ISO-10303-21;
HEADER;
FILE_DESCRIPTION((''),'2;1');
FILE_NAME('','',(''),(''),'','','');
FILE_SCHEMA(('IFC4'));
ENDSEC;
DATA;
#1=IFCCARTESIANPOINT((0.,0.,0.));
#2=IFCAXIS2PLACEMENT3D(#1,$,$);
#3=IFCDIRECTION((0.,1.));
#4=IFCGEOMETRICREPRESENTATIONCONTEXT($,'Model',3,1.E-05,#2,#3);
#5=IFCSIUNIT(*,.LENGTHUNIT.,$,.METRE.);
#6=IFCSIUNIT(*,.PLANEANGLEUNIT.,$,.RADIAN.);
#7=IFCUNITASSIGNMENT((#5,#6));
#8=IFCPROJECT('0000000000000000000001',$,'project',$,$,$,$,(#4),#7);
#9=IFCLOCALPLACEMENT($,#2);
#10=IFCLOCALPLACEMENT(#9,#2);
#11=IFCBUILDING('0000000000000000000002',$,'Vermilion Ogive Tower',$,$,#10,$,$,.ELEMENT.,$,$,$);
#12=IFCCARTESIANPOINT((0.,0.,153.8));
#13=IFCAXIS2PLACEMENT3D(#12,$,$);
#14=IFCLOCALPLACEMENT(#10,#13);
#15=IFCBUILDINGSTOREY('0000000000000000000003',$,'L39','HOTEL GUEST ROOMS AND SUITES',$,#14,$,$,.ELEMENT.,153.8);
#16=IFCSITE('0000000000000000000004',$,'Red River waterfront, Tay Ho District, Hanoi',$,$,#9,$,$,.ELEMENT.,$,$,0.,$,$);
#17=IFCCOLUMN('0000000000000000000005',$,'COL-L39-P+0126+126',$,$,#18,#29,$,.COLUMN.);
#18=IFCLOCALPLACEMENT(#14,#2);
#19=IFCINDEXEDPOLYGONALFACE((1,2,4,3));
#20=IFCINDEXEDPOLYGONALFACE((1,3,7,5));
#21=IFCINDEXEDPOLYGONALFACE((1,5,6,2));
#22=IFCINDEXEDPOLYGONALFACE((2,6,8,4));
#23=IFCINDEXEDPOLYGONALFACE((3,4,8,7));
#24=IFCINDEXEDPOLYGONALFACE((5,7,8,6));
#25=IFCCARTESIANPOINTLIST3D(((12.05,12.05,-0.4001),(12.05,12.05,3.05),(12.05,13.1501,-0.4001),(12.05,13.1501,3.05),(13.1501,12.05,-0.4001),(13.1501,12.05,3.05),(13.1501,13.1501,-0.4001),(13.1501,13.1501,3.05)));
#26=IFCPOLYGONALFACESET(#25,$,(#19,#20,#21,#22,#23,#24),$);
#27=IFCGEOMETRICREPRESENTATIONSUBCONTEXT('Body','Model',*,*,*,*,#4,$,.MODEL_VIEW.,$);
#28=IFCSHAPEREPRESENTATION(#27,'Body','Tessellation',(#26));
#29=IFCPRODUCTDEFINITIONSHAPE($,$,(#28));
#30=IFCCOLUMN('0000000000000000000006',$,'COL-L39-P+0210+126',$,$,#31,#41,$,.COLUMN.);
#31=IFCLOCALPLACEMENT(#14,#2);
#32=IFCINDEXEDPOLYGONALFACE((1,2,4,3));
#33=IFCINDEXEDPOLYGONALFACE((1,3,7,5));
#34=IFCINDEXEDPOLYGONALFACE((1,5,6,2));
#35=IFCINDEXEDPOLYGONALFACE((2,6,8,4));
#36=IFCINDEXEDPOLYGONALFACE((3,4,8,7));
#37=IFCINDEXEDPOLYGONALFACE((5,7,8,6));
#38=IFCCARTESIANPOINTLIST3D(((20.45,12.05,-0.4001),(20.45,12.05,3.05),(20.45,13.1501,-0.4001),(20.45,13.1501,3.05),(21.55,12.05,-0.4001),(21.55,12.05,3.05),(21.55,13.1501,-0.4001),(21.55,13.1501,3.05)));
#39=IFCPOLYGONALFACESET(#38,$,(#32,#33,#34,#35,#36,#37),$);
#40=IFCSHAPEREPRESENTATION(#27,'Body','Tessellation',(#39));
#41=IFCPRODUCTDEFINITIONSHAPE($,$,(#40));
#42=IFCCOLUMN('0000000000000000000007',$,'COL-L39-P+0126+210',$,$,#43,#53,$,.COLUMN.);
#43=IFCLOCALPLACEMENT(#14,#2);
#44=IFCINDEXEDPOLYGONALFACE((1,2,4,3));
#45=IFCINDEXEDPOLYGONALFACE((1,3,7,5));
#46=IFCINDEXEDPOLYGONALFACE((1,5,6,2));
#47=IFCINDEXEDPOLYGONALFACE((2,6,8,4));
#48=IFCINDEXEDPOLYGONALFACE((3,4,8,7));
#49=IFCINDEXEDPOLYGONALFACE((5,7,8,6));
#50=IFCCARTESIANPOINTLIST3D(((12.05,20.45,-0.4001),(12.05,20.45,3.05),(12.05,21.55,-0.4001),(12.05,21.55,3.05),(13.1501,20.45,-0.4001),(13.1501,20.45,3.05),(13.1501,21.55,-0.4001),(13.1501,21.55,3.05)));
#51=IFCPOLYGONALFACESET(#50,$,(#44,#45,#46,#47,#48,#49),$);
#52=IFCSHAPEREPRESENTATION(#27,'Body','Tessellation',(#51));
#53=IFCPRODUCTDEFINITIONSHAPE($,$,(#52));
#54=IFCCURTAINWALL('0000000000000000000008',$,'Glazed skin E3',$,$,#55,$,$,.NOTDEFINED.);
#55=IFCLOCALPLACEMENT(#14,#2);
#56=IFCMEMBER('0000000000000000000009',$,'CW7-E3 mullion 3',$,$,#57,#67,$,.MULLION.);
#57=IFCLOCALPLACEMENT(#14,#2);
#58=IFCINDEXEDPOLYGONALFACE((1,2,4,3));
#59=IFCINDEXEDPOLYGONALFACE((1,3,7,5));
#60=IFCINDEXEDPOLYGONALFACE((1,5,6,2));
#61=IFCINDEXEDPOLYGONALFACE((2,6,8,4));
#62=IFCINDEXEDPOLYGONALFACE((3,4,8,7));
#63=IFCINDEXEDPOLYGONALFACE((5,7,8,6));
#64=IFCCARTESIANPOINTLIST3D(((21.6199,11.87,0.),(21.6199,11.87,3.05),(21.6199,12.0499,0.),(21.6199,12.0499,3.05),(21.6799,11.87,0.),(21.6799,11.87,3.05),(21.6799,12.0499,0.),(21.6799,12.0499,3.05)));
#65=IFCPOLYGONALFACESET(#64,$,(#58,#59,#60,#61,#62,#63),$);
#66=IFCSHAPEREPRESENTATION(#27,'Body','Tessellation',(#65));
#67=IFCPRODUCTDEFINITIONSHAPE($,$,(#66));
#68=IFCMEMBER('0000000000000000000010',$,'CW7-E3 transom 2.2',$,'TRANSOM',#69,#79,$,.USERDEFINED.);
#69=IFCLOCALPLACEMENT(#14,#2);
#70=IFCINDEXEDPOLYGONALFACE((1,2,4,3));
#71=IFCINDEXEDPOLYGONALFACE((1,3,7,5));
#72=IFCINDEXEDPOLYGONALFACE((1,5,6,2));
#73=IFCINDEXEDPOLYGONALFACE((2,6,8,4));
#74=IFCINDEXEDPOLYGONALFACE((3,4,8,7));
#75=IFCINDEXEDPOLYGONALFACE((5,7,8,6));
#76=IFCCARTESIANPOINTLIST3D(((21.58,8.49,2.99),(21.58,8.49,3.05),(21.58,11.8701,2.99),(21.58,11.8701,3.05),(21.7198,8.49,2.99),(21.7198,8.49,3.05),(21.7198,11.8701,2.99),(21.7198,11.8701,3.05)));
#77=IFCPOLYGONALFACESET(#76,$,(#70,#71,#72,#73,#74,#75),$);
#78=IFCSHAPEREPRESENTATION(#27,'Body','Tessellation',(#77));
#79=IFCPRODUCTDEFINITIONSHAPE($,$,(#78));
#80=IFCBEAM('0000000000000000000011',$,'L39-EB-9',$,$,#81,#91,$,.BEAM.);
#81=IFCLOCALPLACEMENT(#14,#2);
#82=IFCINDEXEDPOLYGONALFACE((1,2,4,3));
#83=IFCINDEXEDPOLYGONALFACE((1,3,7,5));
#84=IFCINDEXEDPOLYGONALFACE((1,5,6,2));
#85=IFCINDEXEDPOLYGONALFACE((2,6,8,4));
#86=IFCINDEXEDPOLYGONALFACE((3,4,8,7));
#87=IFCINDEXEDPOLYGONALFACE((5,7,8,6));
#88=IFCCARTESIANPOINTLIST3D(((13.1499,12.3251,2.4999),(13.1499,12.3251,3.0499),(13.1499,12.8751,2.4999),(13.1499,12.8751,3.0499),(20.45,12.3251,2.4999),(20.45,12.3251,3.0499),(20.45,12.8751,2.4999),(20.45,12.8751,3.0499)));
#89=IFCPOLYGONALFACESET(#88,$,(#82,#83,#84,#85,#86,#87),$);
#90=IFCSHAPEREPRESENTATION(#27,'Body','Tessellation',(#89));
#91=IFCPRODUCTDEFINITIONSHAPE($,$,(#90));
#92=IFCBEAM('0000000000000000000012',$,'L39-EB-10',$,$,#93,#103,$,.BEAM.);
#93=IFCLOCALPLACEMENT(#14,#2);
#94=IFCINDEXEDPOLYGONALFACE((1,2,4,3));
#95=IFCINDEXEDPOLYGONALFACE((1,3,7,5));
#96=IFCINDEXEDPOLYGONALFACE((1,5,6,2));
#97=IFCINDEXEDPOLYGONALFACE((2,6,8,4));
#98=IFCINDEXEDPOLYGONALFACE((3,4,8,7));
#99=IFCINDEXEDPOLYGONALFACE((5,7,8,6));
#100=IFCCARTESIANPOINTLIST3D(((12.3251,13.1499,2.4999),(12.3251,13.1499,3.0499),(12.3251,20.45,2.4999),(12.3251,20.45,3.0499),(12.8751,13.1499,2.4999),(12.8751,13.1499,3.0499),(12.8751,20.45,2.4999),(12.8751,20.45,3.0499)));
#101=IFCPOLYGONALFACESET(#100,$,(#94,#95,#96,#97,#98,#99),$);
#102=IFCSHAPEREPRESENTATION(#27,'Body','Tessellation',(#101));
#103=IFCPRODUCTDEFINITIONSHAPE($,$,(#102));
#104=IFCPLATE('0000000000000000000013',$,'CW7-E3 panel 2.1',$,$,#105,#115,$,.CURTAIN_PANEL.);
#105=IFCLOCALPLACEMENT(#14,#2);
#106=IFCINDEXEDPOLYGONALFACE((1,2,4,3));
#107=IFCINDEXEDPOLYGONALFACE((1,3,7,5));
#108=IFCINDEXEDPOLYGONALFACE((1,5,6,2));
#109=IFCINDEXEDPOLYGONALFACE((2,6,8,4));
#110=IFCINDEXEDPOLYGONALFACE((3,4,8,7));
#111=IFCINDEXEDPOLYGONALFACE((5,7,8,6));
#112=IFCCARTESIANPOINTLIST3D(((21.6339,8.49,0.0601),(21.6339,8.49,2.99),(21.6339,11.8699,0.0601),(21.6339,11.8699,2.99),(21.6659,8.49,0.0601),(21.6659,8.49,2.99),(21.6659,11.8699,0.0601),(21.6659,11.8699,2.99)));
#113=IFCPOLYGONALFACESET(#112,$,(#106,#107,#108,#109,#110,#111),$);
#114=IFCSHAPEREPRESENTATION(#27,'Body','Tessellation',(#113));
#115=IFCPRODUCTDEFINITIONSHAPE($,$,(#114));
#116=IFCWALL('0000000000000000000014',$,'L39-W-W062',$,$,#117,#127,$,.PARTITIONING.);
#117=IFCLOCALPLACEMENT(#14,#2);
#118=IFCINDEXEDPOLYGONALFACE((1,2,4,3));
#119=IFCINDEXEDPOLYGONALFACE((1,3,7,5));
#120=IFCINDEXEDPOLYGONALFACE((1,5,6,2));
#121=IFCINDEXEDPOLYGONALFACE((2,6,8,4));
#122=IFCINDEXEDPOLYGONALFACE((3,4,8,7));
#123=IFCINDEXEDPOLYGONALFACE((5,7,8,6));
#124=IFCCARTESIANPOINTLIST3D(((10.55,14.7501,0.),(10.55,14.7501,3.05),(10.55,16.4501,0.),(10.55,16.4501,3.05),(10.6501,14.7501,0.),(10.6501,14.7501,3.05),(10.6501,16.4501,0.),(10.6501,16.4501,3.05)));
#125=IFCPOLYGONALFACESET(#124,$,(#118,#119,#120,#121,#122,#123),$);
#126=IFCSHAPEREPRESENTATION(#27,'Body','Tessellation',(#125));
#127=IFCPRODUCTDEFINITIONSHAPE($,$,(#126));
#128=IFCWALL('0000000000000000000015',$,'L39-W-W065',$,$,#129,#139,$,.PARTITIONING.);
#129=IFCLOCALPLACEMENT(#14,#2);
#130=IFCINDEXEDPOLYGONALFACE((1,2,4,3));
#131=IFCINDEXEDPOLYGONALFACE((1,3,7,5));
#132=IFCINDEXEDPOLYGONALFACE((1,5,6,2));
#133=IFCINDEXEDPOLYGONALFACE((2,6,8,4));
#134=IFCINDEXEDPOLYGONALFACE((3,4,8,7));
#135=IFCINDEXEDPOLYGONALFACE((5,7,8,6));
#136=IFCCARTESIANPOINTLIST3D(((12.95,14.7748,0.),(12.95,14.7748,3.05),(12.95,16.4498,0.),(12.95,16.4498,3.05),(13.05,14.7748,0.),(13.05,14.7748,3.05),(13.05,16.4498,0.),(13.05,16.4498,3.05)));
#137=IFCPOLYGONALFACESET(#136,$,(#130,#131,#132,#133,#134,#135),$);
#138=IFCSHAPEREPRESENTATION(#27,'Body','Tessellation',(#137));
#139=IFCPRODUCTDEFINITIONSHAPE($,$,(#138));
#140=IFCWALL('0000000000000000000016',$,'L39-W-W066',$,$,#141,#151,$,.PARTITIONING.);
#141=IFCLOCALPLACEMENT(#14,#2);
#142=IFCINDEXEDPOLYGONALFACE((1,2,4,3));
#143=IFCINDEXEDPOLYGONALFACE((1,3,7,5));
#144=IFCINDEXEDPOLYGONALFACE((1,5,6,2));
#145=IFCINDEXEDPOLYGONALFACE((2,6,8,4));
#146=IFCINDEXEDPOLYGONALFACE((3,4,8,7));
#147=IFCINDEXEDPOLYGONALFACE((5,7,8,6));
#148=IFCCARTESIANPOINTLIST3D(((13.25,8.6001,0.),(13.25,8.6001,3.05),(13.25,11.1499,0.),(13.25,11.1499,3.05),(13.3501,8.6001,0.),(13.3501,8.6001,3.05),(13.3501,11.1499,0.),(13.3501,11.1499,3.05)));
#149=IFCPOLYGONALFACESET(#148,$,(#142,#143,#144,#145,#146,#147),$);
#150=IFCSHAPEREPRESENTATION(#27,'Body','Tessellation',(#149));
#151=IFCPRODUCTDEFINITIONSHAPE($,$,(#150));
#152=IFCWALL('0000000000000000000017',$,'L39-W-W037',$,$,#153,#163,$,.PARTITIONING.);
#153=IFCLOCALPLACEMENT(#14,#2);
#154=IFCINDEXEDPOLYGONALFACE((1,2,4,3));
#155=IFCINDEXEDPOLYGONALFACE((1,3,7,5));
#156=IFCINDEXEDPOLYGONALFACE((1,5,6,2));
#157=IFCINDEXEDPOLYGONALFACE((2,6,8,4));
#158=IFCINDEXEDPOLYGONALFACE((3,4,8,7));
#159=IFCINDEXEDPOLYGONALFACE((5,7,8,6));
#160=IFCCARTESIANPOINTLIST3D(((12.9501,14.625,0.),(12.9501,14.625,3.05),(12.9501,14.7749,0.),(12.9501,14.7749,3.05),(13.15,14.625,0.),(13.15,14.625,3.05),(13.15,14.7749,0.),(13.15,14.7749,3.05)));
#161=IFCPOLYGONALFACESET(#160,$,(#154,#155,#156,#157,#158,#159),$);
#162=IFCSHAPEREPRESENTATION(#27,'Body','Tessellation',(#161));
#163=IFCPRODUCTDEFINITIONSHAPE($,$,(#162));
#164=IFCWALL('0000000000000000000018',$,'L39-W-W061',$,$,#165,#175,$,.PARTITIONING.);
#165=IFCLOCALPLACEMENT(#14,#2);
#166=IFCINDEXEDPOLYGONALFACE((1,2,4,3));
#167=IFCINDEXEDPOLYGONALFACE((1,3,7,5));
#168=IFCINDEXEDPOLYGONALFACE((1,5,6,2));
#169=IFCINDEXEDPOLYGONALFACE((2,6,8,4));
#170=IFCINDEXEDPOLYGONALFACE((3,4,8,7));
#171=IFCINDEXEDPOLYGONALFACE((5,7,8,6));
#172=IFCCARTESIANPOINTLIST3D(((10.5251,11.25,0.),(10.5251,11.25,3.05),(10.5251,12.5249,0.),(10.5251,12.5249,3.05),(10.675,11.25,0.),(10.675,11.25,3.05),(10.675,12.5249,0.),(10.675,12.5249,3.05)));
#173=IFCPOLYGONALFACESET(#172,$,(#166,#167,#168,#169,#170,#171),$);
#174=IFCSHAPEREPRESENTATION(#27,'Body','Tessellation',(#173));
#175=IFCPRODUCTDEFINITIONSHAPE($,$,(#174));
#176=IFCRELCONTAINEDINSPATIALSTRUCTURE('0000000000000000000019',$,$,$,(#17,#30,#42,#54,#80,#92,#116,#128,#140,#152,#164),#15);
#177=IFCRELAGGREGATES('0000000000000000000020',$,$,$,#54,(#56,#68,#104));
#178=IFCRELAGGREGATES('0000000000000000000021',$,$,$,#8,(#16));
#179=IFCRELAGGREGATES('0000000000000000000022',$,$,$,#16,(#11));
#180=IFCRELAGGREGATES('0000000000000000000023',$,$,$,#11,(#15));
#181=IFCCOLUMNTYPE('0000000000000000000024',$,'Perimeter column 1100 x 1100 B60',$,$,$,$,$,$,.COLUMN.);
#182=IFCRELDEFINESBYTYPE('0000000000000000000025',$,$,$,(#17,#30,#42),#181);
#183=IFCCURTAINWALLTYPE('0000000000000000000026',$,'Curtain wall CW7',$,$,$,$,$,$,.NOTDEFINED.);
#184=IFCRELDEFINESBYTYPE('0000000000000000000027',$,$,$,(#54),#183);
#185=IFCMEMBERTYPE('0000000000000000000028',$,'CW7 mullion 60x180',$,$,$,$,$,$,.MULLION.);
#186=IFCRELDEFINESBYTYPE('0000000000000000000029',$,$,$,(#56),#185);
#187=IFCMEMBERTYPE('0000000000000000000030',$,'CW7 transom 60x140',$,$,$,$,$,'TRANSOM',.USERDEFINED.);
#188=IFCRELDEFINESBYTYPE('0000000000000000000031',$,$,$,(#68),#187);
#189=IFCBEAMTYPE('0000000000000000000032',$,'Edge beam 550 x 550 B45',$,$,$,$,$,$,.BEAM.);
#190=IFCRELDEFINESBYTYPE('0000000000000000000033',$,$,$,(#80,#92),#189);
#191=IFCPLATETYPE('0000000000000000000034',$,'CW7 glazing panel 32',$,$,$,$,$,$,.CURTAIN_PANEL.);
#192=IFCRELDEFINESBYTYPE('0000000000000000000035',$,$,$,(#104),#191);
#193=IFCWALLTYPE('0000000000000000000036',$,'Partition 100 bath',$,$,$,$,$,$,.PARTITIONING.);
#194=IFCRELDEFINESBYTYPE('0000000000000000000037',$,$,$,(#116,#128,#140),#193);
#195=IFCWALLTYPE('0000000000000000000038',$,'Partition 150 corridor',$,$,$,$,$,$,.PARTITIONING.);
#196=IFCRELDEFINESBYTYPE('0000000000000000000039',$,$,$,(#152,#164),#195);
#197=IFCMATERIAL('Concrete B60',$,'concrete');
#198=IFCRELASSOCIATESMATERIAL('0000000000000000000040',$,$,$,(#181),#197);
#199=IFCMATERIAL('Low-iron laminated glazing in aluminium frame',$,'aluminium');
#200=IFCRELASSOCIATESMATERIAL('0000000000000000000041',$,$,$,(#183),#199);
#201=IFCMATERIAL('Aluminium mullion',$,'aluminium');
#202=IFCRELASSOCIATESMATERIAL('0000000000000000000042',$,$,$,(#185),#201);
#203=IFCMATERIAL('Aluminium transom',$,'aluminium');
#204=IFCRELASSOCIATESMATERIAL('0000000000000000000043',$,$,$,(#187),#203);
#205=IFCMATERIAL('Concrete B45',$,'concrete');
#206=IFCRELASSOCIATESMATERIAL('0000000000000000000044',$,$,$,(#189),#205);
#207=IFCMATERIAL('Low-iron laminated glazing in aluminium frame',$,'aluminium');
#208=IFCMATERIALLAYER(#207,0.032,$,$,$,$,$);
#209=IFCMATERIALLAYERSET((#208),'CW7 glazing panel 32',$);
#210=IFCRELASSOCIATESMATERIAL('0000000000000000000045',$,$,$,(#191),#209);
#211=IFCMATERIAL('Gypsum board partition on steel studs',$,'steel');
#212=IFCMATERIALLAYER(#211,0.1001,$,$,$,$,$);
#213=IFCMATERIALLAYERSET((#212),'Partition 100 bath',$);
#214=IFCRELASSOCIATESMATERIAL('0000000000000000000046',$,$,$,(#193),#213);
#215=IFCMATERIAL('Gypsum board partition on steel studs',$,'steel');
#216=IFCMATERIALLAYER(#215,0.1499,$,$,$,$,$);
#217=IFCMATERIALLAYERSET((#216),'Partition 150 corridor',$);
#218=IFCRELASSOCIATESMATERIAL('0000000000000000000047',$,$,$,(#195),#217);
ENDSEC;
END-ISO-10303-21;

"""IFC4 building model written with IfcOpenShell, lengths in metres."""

from ifc_helpers import new_model, si_unit, direction, frame, frame_2d, origin, origin_2d, place, context, subcontext, project, spatial, rectangle, extrude, material, layer, layer_set, material_profile, profile_set, type_object, element, aggregate, save


model = new_model("IFC4")

# Units and contexts
model_context = context("Model", 3, precision=1e-05, world=origin(), true_north=direction((0.0, 1.0)))
body_context = subcontext(model_context, "Body", "Model", "MODEL_VIEW")
ifc_project = project(units=[si_unit("LENGTHUNIT", "METRE"), si_unit("PLANEANGLEUNIT", "RADIAN")], contexts=[model_context])

# Site, building, storey
site_placement = place(None, origin())
site = spatial("IfcSite", under=ifc_project, at=site_placement, Name="Red River waterfront, Tay Ho District, Hanoi", CompositionType="ELEMENT", RefElevation=0.0)
building_placement = place(site_placement, origin())
building = spatial("IfcBuilding", under=site, at=building_placement, Name="Vermilion Ogive Tower", CompositionType="ELEMENT")
storey_placement = place(building_placement, frame((0.0, 0.0, 153.8)))
storey = spatial("IfcBuildingStorey", under=building, at=storey_placement, Name="L39", Description="HOTEL GUEST ROOMS AND SUITES", CompositionType="ELEMENT", Elevation=153.8)

# Columns
ifc_material_1 = material(Name="Concrete B60", Category="concrete")
ifc_material_profile_1 = material_profile(ifc_material_1, rectangle(XDim=1.1001, YDim=1.1001, at=origin_2d()), Name="1100 x 1100")
ifc_profile_set_1 = profile_set([ifc_material_profile_1], Name="Concrete B60")
column_type = type_object("IfcColumnType", Name="Perimeter column 1100 x 1100 B60", PredefinedType="COLUMN", material=ifc_profile_set_1)
for number, where, z_axis, x_axis, name in (
    (1, (12.6001, 12.6001, -0.4001), (0.0, 0.0, 1.0), (1.0, 0.0, 0.0), "COL-L39-P+0126+126"),
    (2, (21.0, 12.6001, -0.4001), (0.0, 0.0, 1.0), (1.0, 0.0, 0.0), "COL-L39-P+0210+126"),
    (3, (12.6001, 21.0, -0.4001), (0.0, 0.0, 1.0), (1.0, 0.0, 0.0), "COL-L39-P+0126+210"),
):
    element("IfcColumn", number, at=place(storey_placement, frame(where, z_axis=z_axis, x_axis=x_axis)), inside=storey, type_object=column_type, Name=name, PredefinedType="COLUMN", context=body_context, shape_type="SweptSolid", body=[
        extrude(rectangle(XDim=1.1001, YDim=1.1001, at=origin_2d()), origin(), (0.0, 0.0, 1.0), 3.4502),
    ])

# Curtain wall, members
ifc_material_2 = material(Name="Low-iron laminated glazing in aluminium frame", Category="aluminium")
curtain_wall_type = type_object("IfcCurtainWallType", Name="Curtain wall CW7", PredefinedType="NOTDEFINED", material=ifc_material_2)
curtain_wall_placement = place(storey_placement, origin())
curtain_wall = element("IfcCurtainWall", 4, at=curtain_wall_placement, inside=storey, type_object=curtain_wall_type, Name="Glazed skin E3", PredefinedType="NOTDEFINED")
ifc_material_3 = material(Name="Aluminium mullion", Category="aluminium")
ifc_material_profile_2 = material_profile(ifc_material_3, rectangle(XDim=0.0601, YDim=0.1799, at=origin_2d()), Name="AL 60x180")
ifc_profile_set_2 = profile_set([ifc_material_profile_2], Name="Aluminium mullion")
member_type_1 = type_object("IfcMemberType", Name="CW7 mullion 60x180", PredefinedType="MULLION", material=ifc_profile_set_2)
member_1_placement = place(storey_placement, frame((21.6499, 11.96, 0.0), z_axis=(0.0, 0.0, 1.0), x_axis=(-1.0, 0.0, 0.0)))
member_1 = element("IfcMember", 5, at=member_1_placement, type_object=member_type_1, Name="CW7-E3 mullion 3", PredefinedType="MULLION", context=body_context, shape_type="SweptSolid", body=[
    extrude(rectangle(XDim=0.0601, YDim=0.1799, at=origin_2d()), origin(), (0.0, 0.0, 1.0), 3.05),
])
ifc_material_4 = material(Name="Aluminium transom", Category="aluminium")
ifc_material_profile_3 = material_profile(ifc_material_4, rectangle(XDim=0.1399, YDim=0.0601, at=origin_2d()), Name="AL 60x140")
ifc_profile_set_3 = profile_set([ifc_material_profile_3], Name="Aluminium transom")
member_type_2 = type_object("IfcMemberType", Name="CW7 transom 60x140", ElementType="TRANSOM", PredefinedType="USERDEFINED", material=ifc_profile_set_3)
member_2_placement = place(storey_placement, frame((21.6499, 8.49, 3.02), z_axis=(0.0, 1.0, 0.0), x_axis=(-1.0, 0.0, 0.0)))
member_2 = element("IfcMember", 6, at=member_2_placement, type_object=member_type_2, Name="CW7-E3 transom 2.2", ObjectType="TRANSOM", PredefinedType="USERDEFINED", context=body_context, shape_type="SweptSolid", body=[
    extrude(rectangle(XDim=0.1399, YDim=0.0601, at=origin_2d()), origin(), (0.0, 0.0, 1.0), 3.3801),
])

# Beams
ifc_material_5 = material(Name="Concrete B45", Category="concrete")
ifc_material_profile_4 = material_profile(ifc_material_5, rectangle(XDim=0.55, YDim=0.55, at=origin_2d()), Name="550 x 550")
ifc_profile_set_4 = profile_set([ifc_material_profile_4], Name="Concrete B45")
beam_type = type_object("IfcBeamType", Name="Edge beam 550 x 550 B45", PredefinedType="BEAM", material=ifc_profile_set_4)
for number, where, z_axis, x_axis, name in (
    (7, (20.45, 12.6001, 2.7749), (-1.0, 0.0, 0.0), (0.0, -1.0, 0.0), "L39-EB-9"),
    (8, (12.6001, 13.1499, 2.7749), (0.0, 1.0, 0.0), (-1.0, 0.0, 0.0), "L39-EB-10"),
):
    element("IfcBeam", number, at=place(storey_placement, frame(where, z_axis=z_axis, x_axis=x_axis)), inside=storey, type_object=beam_type, Name=name, PredefinedType="BEAM", context=body_context, shape_type="SweptSolid", body=[
        extrude(rectangle(XDim=0.55, YDim=0.55, at=origin_2d()), origin(), (0.0, 0.0, 1.0), 7.3),
    ])

# Plate
ifc_material_6 = material(Name="Low-iron laminated glazing in aluminium frame", Category="aluminium")
ifc_layer_1 = layer(ifc_material_6, 0.032)
ifc_layer_set_1 = layer_set([ifc_layer_1], Name="CW7 glazing panel 32")
plate_type = type_object("IfcPlateType", Name="CW7 glazing panel 32", PredefinedType="CURTAIN_PANEL", material=ifc_layer_set_1)
plate_placement = place(storey_placement, frame((21.6499, 10.1799, 0.0601), z_axis=(0.0, 0.0, 1.0), x_axis=(0.0, 1.0, 0.0)))
plate = element("IfcPlate", 9, at=plate_placement, type_object=plate_type, Name="CW7-E3 panel 2.1", PredefinedType="CURTAIN_PANEL", context=body_context, shape_type="SweptSolid", body=[
    extrude(rectangle(XDim=3.3799, YDim=0.032, at=origin_2d()), origin(), (0.0, 0.0, 1.0), 2.9299),
])
aggregate(curtain_wall, [member_1, member_2, plate])

# Walls
ifc_material_7 = material(Name="Gypsum board partition on steel studs", Category="steel")
ifc_layer_2 = layer(ifc_material_7, 0.1001)
ifc_layer_set_2 = layer_set([ifc_layer_2], Name="Partition 100 bath")
wall_type_1 = type_object("IfcWallType", Name="Partition 100 bath", PredefinedType="PARTITIONING", material=ifc_layer_set_2)
wall_1_placement = place(storey_placement, frame((10.6001, 14.75, 0.0), z_axis=(0.0, 0.0, 1.0), x_axis=(0.0, 1.0, 0.0)))
element("IfcWall", 10, at=wall_1_placement, inside=storey, type_object=wall_type_1, Name="L39-W-W062", PredefinedType="PARTITIONING", context=body_context, shape_type="SweptSolid", body=[
    extrude(rectangle(XDim=1.7, YDim=0.1001, at=frame_2d((0.8501, 0.0))), origin(), (0.0, 0.0, 1.0), 3.05),
])
wall_2_placement = place(storey_placement, frame((13.0, 14.7749, 0.0), z_axis=(0.0, 0.0, 1.0), x_axis=(0.0, 1.0, 0.0)))
element("IfcWall", 11, at=wall_2_placement, inside=storey, type_object=wall_type_1, Name="L39-W-W065", PredefinedType="PARTITIONING", context=body_context, shape_type="SweptSolid", body=[
    extrude(rectangle(XDim=1.675, YDim=0.1001, at=frame_2d((0.8374, 0.0))), origin(), (0.0, 0.0, 1.0), 3.05),
])
wall_3_placement = place(storey_placement, frame((13.3, 8.6001, 0.0), z_axis=(0.0, 0.0, 1.0), x_axis=(0.0, 1.0, 0.0)))
element("IfcWall", 12, at=wall_3_placement, inside=storey, type_object=wall_type_1, Name="L39-W-W066", PredefinedType="PARTITIONING", context=body_context, shape_type="SweptSolid", body=[
    extrude(rectangle(XDim=2.5498, YDim=0.1001, at=frame_2d((1.2749, 0.0))), origin(), (0.0, 0.0, 1.0), 3.05),
])
ifc_material_8 = material(Name="Gypsum board partition on steel studs", Category="steel")
ifc_layer_3 = layer(ifc_material_8, 0.1499)
ifc_layer_set_3 = layer_set([ifc_layer_3], Name="Partition 150 corridor")
wall_type_2 = type_object("IfcWallType", Name="Partition 150 corridor", PredefinedType="PARTITIONING", material=ifc_layer_set_3)
wall_4_placement = place(storey_placement, frame((12.95, 14.7, 0.0), z_axis=(0.0, 0.0, 1.0), x_axis=(1.0, 0.0, 0.0)))
element("IfcWall", 13, at=wall_4_placement, inside=storey, type_object=wall_type_2, Name="L39-W-W037", PredefinedType="PARTITIONING", context=body_context, shape_type="SweptSolid", body=[
    extrude(rectangle(XDim=0.2, YDim=0.1499, at=frame_2d((0.1001, 0.0))), origin(), (0.0, 0.0, 1.0), 3.05),
])
wall_5_placement = place(storey_placement, frame((10.6001, 11.25, 0.0), z_axis=(0.0, 0.0, 1.0), x_axis=(0.0, 1.0, 0.0)))
element("IfcWall", 14, at=wall_5_placement, inside=storey, type_object=wall_type_2, Name="L39-W-W061", PredefinedType="PARTITIONING", context=body_context, shape_type="SweptSolid", body=[
    extrude(rectangle(XDim=1.2749, YDim=0.1499, at=frame_2d((0.6375, 0.0))), origin(), (0.0, 0.0, 1.0), 3.05),
])

save(model, "model.ifc")
